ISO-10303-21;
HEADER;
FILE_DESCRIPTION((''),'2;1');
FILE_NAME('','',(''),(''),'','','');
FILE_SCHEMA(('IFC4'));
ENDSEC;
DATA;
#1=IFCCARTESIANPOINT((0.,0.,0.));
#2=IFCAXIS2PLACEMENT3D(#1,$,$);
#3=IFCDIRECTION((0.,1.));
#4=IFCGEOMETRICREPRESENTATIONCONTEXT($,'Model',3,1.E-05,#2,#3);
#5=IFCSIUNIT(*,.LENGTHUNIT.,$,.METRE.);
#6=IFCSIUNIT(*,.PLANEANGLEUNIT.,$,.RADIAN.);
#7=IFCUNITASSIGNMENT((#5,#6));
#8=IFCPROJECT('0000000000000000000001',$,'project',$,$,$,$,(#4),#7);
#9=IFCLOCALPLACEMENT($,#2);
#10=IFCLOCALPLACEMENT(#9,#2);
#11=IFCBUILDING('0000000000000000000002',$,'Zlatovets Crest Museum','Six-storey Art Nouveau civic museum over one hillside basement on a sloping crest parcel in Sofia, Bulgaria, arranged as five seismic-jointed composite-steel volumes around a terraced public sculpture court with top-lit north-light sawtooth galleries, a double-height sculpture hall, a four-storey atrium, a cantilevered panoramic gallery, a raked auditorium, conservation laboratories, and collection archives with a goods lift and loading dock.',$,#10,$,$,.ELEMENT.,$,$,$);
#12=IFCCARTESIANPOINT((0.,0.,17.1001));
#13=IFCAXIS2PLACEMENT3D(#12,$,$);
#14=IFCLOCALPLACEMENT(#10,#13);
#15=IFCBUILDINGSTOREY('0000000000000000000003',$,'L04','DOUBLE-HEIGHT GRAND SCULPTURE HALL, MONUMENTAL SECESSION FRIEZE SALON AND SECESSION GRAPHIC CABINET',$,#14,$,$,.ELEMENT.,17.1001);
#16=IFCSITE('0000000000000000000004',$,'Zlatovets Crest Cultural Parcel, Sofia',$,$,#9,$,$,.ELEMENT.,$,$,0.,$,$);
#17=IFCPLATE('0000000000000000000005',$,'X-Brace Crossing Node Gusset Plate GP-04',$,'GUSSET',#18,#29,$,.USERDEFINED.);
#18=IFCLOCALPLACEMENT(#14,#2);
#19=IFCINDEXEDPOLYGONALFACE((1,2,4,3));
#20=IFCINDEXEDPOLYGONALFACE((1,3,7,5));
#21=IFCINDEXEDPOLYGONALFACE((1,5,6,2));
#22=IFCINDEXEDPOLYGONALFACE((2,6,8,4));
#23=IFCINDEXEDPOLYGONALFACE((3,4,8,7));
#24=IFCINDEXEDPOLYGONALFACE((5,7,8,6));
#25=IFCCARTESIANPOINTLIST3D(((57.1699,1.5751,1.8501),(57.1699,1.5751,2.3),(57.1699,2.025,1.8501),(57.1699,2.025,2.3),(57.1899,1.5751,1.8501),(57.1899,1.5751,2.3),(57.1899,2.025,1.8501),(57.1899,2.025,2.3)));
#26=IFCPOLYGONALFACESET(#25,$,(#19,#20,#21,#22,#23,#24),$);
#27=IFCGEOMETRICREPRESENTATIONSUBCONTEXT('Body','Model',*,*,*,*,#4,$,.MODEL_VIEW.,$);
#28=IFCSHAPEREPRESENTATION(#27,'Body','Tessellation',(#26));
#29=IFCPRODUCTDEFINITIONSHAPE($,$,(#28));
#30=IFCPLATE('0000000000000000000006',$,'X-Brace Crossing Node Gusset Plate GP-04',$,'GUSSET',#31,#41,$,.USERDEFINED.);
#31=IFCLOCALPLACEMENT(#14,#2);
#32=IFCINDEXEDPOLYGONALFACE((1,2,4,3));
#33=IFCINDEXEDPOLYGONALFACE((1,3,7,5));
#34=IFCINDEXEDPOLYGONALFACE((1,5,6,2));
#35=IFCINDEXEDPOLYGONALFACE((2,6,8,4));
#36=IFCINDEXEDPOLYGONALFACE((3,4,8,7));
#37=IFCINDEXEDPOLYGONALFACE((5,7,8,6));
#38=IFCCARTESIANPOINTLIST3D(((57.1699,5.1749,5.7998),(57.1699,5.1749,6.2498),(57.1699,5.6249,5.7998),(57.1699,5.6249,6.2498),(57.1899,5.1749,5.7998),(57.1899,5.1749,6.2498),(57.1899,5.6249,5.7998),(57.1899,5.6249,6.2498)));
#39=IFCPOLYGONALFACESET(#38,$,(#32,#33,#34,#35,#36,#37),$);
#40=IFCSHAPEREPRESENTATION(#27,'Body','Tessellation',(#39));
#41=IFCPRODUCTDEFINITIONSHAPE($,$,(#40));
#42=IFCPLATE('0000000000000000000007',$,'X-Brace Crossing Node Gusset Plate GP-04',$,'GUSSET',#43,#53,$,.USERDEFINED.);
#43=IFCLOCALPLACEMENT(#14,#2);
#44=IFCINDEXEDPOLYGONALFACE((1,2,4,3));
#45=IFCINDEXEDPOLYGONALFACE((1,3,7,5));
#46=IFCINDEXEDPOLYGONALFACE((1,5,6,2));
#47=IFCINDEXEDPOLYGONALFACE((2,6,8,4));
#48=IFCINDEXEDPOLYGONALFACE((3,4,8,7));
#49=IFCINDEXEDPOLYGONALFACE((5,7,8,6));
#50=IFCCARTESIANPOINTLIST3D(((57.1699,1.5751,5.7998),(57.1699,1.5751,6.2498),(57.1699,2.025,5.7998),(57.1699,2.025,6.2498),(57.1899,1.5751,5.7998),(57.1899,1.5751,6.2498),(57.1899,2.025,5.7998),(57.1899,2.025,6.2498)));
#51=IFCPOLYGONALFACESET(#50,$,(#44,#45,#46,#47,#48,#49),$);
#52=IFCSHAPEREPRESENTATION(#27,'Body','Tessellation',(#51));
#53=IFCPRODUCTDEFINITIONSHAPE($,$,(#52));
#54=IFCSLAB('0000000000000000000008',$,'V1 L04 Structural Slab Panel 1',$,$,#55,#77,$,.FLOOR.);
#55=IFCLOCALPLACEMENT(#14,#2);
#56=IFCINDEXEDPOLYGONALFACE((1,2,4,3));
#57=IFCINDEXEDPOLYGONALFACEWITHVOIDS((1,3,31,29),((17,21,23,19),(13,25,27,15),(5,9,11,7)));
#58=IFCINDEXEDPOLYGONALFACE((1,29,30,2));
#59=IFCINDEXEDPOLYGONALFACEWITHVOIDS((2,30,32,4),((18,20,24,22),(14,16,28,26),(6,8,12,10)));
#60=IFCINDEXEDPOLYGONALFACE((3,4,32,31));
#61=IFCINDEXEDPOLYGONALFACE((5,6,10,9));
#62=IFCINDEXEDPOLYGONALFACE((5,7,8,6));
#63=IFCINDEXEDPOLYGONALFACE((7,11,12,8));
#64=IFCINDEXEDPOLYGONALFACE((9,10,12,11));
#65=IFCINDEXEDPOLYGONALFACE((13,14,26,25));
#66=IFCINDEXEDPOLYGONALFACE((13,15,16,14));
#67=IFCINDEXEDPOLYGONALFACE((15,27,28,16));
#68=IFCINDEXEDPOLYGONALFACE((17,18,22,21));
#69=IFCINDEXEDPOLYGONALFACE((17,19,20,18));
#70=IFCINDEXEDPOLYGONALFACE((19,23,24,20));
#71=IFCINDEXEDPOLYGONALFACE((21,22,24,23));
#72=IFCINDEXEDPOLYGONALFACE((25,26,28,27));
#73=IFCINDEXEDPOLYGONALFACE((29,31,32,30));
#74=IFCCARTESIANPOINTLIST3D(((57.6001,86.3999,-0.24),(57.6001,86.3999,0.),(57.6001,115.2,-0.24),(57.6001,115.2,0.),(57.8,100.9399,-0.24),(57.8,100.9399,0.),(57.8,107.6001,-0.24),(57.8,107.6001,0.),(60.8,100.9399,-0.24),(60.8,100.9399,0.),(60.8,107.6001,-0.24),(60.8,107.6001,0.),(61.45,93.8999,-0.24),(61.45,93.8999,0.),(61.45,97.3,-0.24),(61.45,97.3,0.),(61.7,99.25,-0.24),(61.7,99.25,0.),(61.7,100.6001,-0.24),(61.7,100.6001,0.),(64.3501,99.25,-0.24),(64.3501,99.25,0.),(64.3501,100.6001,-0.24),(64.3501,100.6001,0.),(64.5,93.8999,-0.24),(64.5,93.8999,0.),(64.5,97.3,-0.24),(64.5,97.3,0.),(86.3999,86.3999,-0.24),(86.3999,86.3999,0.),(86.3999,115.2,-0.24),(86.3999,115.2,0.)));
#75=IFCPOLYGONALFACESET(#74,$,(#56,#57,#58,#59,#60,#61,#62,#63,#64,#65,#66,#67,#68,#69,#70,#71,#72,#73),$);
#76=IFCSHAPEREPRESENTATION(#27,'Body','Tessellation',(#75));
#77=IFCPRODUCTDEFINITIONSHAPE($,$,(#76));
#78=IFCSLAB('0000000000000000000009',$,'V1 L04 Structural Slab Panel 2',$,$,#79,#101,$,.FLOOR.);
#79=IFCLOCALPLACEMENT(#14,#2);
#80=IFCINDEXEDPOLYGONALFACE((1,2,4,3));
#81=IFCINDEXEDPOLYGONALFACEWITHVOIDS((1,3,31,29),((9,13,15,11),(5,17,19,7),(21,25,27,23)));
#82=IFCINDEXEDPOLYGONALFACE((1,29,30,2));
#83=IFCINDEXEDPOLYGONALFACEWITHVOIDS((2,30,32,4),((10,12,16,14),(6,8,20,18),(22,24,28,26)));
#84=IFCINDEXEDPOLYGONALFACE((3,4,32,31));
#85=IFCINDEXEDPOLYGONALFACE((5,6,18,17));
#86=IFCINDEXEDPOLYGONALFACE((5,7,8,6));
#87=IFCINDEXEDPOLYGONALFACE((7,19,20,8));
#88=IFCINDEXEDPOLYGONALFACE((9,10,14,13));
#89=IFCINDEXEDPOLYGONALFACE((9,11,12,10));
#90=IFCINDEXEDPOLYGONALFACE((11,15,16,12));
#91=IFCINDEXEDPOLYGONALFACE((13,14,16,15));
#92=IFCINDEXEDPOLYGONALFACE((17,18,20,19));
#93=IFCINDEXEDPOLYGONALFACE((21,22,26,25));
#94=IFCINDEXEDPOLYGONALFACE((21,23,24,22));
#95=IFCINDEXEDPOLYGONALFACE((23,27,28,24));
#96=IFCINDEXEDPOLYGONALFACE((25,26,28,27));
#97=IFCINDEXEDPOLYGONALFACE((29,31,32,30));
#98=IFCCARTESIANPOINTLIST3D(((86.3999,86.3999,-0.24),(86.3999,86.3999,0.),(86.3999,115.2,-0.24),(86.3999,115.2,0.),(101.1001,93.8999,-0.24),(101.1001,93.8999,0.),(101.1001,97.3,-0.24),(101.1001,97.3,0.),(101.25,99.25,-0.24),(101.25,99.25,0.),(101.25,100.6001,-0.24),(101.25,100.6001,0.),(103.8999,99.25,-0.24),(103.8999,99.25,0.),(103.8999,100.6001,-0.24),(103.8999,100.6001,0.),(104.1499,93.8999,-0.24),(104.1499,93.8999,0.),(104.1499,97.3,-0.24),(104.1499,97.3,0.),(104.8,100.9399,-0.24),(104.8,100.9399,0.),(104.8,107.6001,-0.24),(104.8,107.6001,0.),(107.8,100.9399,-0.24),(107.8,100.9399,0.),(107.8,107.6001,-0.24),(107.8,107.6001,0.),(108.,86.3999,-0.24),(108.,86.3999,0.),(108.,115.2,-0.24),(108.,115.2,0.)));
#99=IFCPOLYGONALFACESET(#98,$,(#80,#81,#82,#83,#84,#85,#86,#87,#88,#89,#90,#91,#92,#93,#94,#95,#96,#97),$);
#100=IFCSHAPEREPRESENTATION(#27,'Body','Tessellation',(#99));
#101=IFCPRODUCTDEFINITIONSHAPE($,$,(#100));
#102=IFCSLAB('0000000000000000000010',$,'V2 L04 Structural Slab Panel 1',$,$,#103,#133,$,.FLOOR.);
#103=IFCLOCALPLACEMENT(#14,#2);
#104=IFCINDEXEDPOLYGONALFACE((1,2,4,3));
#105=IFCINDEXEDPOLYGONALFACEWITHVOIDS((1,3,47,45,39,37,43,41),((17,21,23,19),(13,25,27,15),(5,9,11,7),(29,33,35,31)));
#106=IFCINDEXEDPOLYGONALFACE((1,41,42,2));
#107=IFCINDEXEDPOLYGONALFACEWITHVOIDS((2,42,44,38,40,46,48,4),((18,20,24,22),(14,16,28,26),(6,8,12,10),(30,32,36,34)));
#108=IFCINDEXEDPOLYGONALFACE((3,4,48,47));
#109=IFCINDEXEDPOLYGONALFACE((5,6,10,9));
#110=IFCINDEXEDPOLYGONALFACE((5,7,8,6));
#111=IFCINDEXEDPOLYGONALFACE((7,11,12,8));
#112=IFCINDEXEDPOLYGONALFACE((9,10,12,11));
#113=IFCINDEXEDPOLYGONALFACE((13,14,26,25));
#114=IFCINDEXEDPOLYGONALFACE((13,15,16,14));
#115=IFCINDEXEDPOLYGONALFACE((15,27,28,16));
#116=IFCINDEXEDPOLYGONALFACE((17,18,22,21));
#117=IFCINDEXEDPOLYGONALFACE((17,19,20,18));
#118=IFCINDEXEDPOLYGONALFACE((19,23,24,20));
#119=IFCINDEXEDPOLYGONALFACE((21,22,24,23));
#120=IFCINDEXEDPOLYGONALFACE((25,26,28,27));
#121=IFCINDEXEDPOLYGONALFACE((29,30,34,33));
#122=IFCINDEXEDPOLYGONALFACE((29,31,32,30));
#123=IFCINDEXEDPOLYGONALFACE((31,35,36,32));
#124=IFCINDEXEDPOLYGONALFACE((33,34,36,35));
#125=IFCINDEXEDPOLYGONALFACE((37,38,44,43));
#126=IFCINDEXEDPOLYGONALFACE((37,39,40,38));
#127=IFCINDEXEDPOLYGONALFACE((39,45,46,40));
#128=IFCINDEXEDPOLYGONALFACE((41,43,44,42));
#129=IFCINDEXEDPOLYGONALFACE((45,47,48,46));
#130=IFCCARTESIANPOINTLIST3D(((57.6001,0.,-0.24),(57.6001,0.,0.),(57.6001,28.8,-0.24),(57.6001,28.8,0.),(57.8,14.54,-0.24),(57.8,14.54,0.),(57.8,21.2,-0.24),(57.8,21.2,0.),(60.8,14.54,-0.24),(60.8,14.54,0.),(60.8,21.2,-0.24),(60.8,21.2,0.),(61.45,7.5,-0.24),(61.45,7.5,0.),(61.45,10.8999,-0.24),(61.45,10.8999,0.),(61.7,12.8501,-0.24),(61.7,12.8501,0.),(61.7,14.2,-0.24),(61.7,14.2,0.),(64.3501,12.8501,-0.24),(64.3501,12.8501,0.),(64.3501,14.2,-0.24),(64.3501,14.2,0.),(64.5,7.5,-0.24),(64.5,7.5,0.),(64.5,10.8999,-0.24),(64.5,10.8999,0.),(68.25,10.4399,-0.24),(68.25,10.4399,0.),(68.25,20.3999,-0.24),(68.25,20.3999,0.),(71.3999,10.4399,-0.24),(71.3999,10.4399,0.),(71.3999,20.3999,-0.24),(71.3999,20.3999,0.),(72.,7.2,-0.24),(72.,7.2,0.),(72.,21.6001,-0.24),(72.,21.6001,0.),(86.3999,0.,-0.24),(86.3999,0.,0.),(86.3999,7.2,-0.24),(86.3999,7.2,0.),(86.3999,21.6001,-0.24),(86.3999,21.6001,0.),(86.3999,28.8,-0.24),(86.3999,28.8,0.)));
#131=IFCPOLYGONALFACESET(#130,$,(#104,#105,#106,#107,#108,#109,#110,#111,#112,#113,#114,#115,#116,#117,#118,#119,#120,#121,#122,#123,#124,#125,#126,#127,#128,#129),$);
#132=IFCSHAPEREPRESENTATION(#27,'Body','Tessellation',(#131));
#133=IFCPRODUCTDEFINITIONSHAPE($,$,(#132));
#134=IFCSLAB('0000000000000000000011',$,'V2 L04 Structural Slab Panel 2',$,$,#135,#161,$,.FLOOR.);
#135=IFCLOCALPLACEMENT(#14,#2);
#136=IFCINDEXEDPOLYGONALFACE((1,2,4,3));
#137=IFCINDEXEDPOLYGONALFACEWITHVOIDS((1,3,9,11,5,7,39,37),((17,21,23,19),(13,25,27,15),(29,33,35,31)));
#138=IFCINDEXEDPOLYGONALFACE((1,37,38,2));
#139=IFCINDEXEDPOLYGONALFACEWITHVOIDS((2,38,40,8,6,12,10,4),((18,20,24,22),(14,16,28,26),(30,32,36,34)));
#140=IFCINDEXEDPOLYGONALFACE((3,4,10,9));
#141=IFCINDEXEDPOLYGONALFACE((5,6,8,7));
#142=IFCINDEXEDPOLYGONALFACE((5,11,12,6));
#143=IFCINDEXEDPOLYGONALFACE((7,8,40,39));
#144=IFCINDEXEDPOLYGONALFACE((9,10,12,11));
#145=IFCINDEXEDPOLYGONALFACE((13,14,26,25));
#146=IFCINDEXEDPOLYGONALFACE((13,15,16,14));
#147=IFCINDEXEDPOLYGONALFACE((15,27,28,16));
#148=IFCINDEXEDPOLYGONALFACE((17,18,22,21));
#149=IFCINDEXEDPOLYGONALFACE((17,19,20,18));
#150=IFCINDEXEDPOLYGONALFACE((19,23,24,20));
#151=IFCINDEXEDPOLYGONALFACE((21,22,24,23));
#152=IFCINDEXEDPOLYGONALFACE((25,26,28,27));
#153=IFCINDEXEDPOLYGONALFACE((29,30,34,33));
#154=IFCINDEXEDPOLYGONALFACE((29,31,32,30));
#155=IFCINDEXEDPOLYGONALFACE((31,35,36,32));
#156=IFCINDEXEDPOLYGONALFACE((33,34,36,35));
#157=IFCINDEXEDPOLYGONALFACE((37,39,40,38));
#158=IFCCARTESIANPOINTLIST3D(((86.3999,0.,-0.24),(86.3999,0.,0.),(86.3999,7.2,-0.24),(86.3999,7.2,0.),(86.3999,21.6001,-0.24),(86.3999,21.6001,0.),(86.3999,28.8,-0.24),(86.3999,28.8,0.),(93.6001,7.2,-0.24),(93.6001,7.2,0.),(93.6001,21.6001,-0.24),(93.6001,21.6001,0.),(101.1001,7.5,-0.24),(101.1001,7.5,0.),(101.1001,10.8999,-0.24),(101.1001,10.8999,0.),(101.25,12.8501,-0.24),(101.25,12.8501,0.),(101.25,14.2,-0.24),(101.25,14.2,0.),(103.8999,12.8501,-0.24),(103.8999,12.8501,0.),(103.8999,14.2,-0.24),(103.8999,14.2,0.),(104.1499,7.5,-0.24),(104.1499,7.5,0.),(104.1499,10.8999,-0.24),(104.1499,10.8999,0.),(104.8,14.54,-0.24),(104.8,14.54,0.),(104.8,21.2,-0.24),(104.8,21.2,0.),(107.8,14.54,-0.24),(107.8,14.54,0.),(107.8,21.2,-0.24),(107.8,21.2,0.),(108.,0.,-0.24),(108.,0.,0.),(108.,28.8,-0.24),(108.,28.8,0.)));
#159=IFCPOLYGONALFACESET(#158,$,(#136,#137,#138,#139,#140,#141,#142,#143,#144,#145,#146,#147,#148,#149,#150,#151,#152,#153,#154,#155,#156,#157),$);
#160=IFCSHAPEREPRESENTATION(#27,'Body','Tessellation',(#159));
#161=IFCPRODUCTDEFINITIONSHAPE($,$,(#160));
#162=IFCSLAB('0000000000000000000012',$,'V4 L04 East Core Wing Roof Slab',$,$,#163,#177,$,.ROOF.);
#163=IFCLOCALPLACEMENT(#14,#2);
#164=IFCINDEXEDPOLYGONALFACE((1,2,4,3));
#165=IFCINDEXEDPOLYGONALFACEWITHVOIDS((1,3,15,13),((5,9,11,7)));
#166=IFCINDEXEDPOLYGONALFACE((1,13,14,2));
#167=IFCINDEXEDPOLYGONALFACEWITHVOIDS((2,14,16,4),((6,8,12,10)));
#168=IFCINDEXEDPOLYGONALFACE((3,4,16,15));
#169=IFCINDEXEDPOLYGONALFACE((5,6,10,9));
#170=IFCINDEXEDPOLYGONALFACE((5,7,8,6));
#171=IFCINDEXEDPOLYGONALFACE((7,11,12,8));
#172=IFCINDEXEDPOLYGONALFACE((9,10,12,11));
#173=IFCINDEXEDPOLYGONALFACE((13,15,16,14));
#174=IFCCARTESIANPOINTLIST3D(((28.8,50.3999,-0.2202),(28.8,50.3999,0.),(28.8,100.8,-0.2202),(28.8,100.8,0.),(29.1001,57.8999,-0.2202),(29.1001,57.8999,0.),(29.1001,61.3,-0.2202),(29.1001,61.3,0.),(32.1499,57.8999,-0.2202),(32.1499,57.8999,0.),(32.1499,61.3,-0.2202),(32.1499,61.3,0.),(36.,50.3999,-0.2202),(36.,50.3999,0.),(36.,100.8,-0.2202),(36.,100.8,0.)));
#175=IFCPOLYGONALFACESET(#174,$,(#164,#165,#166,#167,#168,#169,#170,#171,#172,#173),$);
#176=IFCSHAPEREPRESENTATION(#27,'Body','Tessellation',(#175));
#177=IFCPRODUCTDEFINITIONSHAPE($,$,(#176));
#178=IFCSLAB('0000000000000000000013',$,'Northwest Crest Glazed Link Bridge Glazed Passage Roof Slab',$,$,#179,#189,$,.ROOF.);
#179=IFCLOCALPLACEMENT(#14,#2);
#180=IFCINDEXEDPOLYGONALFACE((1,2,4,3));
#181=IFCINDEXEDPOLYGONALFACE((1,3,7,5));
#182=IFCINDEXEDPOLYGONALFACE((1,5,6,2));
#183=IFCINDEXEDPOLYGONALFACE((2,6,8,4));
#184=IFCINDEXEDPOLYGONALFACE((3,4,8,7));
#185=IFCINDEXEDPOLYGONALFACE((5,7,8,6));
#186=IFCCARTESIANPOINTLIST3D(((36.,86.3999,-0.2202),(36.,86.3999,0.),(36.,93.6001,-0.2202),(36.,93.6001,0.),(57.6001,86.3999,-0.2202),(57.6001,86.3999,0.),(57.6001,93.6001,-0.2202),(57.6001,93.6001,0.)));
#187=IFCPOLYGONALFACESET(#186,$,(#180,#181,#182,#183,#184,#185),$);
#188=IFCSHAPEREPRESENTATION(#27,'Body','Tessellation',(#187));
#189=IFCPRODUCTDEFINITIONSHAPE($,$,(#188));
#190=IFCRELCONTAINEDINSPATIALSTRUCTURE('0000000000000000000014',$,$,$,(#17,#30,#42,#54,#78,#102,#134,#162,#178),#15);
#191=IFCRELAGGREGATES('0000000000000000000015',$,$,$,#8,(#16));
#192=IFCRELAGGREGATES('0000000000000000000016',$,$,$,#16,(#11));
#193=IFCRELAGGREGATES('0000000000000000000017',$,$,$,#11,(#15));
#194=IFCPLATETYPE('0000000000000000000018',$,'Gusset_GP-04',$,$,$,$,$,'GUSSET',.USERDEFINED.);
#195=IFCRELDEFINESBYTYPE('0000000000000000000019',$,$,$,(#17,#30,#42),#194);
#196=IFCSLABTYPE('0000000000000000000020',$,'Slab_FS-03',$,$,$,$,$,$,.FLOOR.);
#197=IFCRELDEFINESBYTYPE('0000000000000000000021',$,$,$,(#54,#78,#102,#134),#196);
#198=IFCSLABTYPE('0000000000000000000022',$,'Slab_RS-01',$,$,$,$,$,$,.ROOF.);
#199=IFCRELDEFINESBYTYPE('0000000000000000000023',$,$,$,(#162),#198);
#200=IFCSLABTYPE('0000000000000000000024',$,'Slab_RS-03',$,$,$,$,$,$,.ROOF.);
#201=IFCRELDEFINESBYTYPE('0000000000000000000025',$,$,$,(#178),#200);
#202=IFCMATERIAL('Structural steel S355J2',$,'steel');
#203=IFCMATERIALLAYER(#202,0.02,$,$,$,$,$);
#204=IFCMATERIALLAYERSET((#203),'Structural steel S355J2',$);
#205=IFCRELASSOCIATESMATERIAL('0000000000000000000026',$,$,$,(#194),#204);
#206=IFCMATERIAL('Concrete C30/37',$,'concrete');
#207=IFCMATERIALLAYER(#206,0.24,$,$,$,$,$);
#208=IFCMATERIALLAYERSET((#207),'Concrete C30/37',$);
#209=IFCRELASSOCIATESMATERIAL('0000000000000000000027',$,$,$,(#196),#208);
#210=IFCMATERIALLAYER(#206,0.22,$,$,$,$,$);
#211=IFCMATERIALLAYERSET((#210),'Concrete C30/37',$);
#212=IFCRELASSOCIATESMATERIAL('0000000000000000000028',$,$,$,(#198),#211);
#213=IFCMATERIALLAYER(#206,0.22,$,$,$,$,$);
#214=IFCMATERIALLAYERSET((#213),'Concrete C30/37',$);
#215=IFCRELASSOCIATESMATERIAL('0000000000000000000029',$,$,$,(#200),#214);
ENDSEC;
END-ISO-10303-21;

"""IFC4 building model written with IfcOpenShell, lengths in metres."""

from ifc_helpers import new_model, si_unit, direction, frame, origin, origin_2d, place, context, subcontext, project, spatial, polyline, rectangle, outline, extrude, material, layer, layer_set, type_object, element, save


model = new_model("IFC4")

# Units and contexts
model_context = context("Model", 3, precision=1e-05, world=origin(), true_north=direction((0.0, 1.0)))
body_context = subcontext(model_context, "Body", "Model", "MODEL_VIEW")
ifc_project = project(units=[si_unit("LENGTHUNIT", "METRE"), si_unit("PLANEANGLEUNIT", "RADIAN")], contexts=[model_context])

# Site, building, storey
site_placement = place(None, origin())
site = spatial("IfcSite", under=ifc_project, at=site_placement, Name="Zlatovets Crest Cultural Parcel, Sofia", CompositionType="ELEMENT", RefElevation=0.0)
building_placement = place(site_placement, origin())
building = spatial("IfcBuilding", under=site, at=building_placement, Name="Zlatovets Crest Museum", Description="Six-storey Art Nouveau civic museum over one hillside basement on a sloping crest parcel in Sofia, Bulgaria, arranged as five seismic-jointed composite-steel volumes around a terraced public sculpture court with top-lit north-light sawtooth galleries, a double-height sculpture hall, a four-storey atrium, a cantilevered panoramic gallery, a raked auditorium, conservation laboratories, and collection archives with a goods lift and loading dock.", CompositionType="ELEMENT")
storey_placement = place(building_placement, frame((0.0, 0.0, 17.1001)))
storey = spatial("IfcBuildingStorey", under=building, at=storey_placement, Name="L04", Description="DOUBLE-HEIGHT GRAND SCULPTURE HALL, MONUMENTAL SECESSION FRIEZE SALON AND SECESSION GRAPHIC CABINET", CompositionType="ELEMENT", Elevation=17.1001)

# Shared definitions
ifc_material_1 = material(Name="Structural steel S355J2", Category="steel")

# Plates
ifc_layer_1 = layer(ifc_material_1, 0.02)
ifc_layer_set_1 = layer_set([ifc_layer_1], Name="Structural steel S355J2")
plate_type = type_object("IfcPlateType", Name="Gusset_GP-04", ElementType="GUSSET", PredefinedType="USERDEFINED", material=ifc_layer_set_1)
for number, where, z_axis, x_axis, name in (
    (1, (57.1799, 1.8, 1.8501), (0.0, 0.0, 1.0), (1.0, 0.0, 0.0), "X-Brace Crossing Node Gusset Plate GP-04"),
    (2, (57.1799, 5.3999, 5.7998), (0.0, 0.0, 1.0), (1.0, 0.0, 0.0), "X-Brace Crossing Node Gusset Plate GP-04"),
    (3, (57.1799, 1.8, 5.7998), (0.0, 0.0, 1.0), (1.0, 0.0, 0.0), "X-Brace Crossing Node Gusset Plate GP-04"),
):
    element("IfcPlate", number, at=place(storey_placement, frame(where, z_axis=z_axis, x_axis=x_axis)), inside=storey, type_object=plate_type, Name=name, ObjectType="GUSSET", PredefinedType="USERDEFINED", context=body_context, shape_type="SweptSolid", body=[
        extrude(rectangle(XDim=0.02, YDim=0.45, at=origin_2d()), origin(), (0.0, 0.0, 1.0), 0.45),
    ])

# Slabs
ifc_material_2 = material(Name="Concrete C30/37", Category="concrete")
ifc_layer_2 = layer(ifc_material_2, 0.24)
ifc_layer_set_2 = layer_set([ifc_layer_2], Name="Concrete C30/37")
slab_type_1 = type_object("IfcSlabType", Name="Slab_FS-03", PredefinedType="FLOOR", material=ifc_layer_set_2)
slab_1_placement = place(storey_placement, frame((0.0, 0.0, -0.24)))
element("IfcSlab", 4, at=slab_1_placement, inside=storey, type_object=slab_type_1, Name="V1 L04 Structural Slab Panel 1", PredefinedType="FLOOR", context=body_context, shape_type="SweptSolid", body=[
    extrude(outline(polyline([(86.3999, 115.2), (86.3999, 86.3999), (57.6001, 86.3999), (57.6001, 115.2), (86.3999, 115.2)]), holes=[polyline([(57.8, 107.6001), (57.8, 100.9399), (60.8, 100.9399), (60.8, 107.6001), (57.8, 107.6001)]), polyline([(64.5, 93.8999), (64.5, 97.3), (61.45, 97.3), (61.45, 93.8999), (64.5, 93.8999)]), polyline([(61.7, 99.25), (64.3501, 99.25), (64.3501, 100.6001), (61.7, 100.6001), (61.7, 99.25)])]), origin(), (0.0, 0.0, 1.0), 0.24),
])
slab_2_placement = place(storey_placement, frame((0.0, 0.0, -0.24)))
element("IfcSlab", 5, at=slab_2_placement, inside=storey, type_object=slab_type_1, Name="V1 L04 Structural Slab Panel 2", PredefinedType="FLOOR", context=body_context, shape_type="SweptSolid", body=[
    extrude(outline(polyline([(86.3999, 86.3999), (86.3999, 115.2), (108.0, 115.2), (108.0, 86.3999), (86.3999, 86.3999)]), holes=[polyline([(107.8, 107.6001), (104.8, 107.6001), (104.8, 100.9399), (107.8, 100.9399), (107.8, 107.6001)]), polyline([(101.1001, 97.3), (101.1001, 93.8999), (104.1499, 93.8999), (104.1499, 97.3), (101.1001, 97.3)]), polyline([(103.8999, 100.6001), (101.25, 100.6001), (101.25, 99.25), (103.8999, 99.25), (103.8999, 100.6001)])]), origin(), (0.0, 0.0, 1.0), 0.24),
])
slab_3_placement = place(storey_placement, frame((0.0, 0.0, -0.24)))
element("IfcSlab", 6, at=slab_3_placement, inside=storey, type_object=slab_type_1, Name="V2 L04 Structural Slab Panel 1", PredefinedType="FLOOR", context=body_context, shape_type="SweptSolid", body=[
    extrude(outline(polyline([(57.6001, 0.0), (57.6001, 28.8), (86.3999, 28.8), (86.3999, 21.6001), (72.0, 21.6001), (72.0, 7.2), (86.3999, 7.2), (86.3999, 0.0), (57.6001, 0.0)]), holes=[polyline([(57.8, 14.54), (60.8, 14.54), (60.8, 21.2), (57.8, 21.2), (57.8, 14.54)]), polyline([(71.3999, 20.3999), (68.25, 20.3999), (68.25, 10.4399), (71.3999, 10.4399), (71.3999, 20.3999)]), polyline([(64.5, 7.5), (64.5, 10.8999), (61.45, 10.8999), (61.45, 7.5), (64.5, 7.5)]), polyline([(61.7, 12.8501), (64.3501, 12.8501), (64.3501, 14.2), (61.7, 14.2), (61.7, 12.8501)])]), origin(), (0.0, 0.0, 1.0), 0.24),
])
slab_4_placement = place(storey_placement, frame((0.0, 0.0, -0.24)))
element("IfcSlab", 7, at=slab_4_placement, inside=storey, type_object=slab_type_1, Name="V2 L04 Structural Slab Panel 2", PredefinedType="FLOOR", context=body_context, shape_type="SweptSolid", body=[
    extrude(outline(polyline([(108.0, 28.8), (108.0, 0.0), (86.3999, 0.0), (86.3999, 7.2), (93.6001, 7.2), (93.6001, 21.6001), (86.3999, 21.6001), (86.3999, 28.8), (108.0, 28.8)]), holes=[polyline([(104.8, 21.2), (104.8, 14.54), (107.8, 14.54), (107.8, 21.2), (104.8, 21.2)]), polyline([(101.1001, 10.8999), (101.1001, 7.5), (104.1499, 7.5), (104.1499, 10.8999), (101.1001, 10.8999)]), polyline([(103.8999, 14.2), (101.25, 14.2), (101.25, 12.8501), (103.8999, 12.8501), (103.8999, 14.2)])]), origin(), (0.0, 0.0, 1.0), 0.24),
])
ifc_layer_3 = layer(ifc_material_2, 0.22)
ifc_layer_set_3 = layer_set([ifc_layer_3], Name="Concrete C30/37")
slab_type_2 = type_object("IfcSlabType", Name="Slab_RS-01", PredefinedType="ROOF", material=ifc_layer_set_3)
slab_5_placement = place(storey_placement, frame((0.0, 0.0, -0.2202)))
element("IfcSlab", 8, at=slab_5_placement, inside=storey, type_object=slab_type_2, Name="V4 L04 East Core Wing Roof Slab", PredefinedType="ROOF", context=body_context, shape_type="SweptSolid", body=[
    extrude(outline(polyline([(28.8, 50.3999), (28.8, 100.8), (36.0, 100.8), (36.0, 50.3999), (28.8, 50.3999)]), holes=[polyline([(32.1499, 61.3), (29.1001, 61.3), (29.1001, 57.8999), (32.1499, 57.8999), (32.1499, 61.3)])]), origin(), (0.0, 0.0, 1.0), 0.2202),
])
ifc_layer_4 = layer(ifc_material_2, 0.22)
ifc_layer_set_4 = layer_set([ifc_layer_4], Name="Concrete C30/37")
slab_type_3 = type_object("IfcSlabType", Name="Slab_RS-03", PredefinedType="ROOF", material=ifc_layer_set_4)
slab_6_placement = place(storey_placement, frame((0.0, 0.0, -0.2202)))
element("IfcSlab", 9, at=slab_6_placement, inside=storey, type_object=slab_type_3, Name="Northwest Crest Glazed Link Bridge Glazed Passage Roof Slab", PredefinedType="ROOF", context=body_context, shape_type="SweptSolid", body=[
    extrude(outline(polyline([(57.6001, 86.3999), (57.6001, 93.6001), (36.0, 93.6001), (36.0, 86.3999), (57.6001, 86.3999)])), origin(), (0.0, 0.0, 1.0), 0.2202),
])

save(model, "model.ifc")
